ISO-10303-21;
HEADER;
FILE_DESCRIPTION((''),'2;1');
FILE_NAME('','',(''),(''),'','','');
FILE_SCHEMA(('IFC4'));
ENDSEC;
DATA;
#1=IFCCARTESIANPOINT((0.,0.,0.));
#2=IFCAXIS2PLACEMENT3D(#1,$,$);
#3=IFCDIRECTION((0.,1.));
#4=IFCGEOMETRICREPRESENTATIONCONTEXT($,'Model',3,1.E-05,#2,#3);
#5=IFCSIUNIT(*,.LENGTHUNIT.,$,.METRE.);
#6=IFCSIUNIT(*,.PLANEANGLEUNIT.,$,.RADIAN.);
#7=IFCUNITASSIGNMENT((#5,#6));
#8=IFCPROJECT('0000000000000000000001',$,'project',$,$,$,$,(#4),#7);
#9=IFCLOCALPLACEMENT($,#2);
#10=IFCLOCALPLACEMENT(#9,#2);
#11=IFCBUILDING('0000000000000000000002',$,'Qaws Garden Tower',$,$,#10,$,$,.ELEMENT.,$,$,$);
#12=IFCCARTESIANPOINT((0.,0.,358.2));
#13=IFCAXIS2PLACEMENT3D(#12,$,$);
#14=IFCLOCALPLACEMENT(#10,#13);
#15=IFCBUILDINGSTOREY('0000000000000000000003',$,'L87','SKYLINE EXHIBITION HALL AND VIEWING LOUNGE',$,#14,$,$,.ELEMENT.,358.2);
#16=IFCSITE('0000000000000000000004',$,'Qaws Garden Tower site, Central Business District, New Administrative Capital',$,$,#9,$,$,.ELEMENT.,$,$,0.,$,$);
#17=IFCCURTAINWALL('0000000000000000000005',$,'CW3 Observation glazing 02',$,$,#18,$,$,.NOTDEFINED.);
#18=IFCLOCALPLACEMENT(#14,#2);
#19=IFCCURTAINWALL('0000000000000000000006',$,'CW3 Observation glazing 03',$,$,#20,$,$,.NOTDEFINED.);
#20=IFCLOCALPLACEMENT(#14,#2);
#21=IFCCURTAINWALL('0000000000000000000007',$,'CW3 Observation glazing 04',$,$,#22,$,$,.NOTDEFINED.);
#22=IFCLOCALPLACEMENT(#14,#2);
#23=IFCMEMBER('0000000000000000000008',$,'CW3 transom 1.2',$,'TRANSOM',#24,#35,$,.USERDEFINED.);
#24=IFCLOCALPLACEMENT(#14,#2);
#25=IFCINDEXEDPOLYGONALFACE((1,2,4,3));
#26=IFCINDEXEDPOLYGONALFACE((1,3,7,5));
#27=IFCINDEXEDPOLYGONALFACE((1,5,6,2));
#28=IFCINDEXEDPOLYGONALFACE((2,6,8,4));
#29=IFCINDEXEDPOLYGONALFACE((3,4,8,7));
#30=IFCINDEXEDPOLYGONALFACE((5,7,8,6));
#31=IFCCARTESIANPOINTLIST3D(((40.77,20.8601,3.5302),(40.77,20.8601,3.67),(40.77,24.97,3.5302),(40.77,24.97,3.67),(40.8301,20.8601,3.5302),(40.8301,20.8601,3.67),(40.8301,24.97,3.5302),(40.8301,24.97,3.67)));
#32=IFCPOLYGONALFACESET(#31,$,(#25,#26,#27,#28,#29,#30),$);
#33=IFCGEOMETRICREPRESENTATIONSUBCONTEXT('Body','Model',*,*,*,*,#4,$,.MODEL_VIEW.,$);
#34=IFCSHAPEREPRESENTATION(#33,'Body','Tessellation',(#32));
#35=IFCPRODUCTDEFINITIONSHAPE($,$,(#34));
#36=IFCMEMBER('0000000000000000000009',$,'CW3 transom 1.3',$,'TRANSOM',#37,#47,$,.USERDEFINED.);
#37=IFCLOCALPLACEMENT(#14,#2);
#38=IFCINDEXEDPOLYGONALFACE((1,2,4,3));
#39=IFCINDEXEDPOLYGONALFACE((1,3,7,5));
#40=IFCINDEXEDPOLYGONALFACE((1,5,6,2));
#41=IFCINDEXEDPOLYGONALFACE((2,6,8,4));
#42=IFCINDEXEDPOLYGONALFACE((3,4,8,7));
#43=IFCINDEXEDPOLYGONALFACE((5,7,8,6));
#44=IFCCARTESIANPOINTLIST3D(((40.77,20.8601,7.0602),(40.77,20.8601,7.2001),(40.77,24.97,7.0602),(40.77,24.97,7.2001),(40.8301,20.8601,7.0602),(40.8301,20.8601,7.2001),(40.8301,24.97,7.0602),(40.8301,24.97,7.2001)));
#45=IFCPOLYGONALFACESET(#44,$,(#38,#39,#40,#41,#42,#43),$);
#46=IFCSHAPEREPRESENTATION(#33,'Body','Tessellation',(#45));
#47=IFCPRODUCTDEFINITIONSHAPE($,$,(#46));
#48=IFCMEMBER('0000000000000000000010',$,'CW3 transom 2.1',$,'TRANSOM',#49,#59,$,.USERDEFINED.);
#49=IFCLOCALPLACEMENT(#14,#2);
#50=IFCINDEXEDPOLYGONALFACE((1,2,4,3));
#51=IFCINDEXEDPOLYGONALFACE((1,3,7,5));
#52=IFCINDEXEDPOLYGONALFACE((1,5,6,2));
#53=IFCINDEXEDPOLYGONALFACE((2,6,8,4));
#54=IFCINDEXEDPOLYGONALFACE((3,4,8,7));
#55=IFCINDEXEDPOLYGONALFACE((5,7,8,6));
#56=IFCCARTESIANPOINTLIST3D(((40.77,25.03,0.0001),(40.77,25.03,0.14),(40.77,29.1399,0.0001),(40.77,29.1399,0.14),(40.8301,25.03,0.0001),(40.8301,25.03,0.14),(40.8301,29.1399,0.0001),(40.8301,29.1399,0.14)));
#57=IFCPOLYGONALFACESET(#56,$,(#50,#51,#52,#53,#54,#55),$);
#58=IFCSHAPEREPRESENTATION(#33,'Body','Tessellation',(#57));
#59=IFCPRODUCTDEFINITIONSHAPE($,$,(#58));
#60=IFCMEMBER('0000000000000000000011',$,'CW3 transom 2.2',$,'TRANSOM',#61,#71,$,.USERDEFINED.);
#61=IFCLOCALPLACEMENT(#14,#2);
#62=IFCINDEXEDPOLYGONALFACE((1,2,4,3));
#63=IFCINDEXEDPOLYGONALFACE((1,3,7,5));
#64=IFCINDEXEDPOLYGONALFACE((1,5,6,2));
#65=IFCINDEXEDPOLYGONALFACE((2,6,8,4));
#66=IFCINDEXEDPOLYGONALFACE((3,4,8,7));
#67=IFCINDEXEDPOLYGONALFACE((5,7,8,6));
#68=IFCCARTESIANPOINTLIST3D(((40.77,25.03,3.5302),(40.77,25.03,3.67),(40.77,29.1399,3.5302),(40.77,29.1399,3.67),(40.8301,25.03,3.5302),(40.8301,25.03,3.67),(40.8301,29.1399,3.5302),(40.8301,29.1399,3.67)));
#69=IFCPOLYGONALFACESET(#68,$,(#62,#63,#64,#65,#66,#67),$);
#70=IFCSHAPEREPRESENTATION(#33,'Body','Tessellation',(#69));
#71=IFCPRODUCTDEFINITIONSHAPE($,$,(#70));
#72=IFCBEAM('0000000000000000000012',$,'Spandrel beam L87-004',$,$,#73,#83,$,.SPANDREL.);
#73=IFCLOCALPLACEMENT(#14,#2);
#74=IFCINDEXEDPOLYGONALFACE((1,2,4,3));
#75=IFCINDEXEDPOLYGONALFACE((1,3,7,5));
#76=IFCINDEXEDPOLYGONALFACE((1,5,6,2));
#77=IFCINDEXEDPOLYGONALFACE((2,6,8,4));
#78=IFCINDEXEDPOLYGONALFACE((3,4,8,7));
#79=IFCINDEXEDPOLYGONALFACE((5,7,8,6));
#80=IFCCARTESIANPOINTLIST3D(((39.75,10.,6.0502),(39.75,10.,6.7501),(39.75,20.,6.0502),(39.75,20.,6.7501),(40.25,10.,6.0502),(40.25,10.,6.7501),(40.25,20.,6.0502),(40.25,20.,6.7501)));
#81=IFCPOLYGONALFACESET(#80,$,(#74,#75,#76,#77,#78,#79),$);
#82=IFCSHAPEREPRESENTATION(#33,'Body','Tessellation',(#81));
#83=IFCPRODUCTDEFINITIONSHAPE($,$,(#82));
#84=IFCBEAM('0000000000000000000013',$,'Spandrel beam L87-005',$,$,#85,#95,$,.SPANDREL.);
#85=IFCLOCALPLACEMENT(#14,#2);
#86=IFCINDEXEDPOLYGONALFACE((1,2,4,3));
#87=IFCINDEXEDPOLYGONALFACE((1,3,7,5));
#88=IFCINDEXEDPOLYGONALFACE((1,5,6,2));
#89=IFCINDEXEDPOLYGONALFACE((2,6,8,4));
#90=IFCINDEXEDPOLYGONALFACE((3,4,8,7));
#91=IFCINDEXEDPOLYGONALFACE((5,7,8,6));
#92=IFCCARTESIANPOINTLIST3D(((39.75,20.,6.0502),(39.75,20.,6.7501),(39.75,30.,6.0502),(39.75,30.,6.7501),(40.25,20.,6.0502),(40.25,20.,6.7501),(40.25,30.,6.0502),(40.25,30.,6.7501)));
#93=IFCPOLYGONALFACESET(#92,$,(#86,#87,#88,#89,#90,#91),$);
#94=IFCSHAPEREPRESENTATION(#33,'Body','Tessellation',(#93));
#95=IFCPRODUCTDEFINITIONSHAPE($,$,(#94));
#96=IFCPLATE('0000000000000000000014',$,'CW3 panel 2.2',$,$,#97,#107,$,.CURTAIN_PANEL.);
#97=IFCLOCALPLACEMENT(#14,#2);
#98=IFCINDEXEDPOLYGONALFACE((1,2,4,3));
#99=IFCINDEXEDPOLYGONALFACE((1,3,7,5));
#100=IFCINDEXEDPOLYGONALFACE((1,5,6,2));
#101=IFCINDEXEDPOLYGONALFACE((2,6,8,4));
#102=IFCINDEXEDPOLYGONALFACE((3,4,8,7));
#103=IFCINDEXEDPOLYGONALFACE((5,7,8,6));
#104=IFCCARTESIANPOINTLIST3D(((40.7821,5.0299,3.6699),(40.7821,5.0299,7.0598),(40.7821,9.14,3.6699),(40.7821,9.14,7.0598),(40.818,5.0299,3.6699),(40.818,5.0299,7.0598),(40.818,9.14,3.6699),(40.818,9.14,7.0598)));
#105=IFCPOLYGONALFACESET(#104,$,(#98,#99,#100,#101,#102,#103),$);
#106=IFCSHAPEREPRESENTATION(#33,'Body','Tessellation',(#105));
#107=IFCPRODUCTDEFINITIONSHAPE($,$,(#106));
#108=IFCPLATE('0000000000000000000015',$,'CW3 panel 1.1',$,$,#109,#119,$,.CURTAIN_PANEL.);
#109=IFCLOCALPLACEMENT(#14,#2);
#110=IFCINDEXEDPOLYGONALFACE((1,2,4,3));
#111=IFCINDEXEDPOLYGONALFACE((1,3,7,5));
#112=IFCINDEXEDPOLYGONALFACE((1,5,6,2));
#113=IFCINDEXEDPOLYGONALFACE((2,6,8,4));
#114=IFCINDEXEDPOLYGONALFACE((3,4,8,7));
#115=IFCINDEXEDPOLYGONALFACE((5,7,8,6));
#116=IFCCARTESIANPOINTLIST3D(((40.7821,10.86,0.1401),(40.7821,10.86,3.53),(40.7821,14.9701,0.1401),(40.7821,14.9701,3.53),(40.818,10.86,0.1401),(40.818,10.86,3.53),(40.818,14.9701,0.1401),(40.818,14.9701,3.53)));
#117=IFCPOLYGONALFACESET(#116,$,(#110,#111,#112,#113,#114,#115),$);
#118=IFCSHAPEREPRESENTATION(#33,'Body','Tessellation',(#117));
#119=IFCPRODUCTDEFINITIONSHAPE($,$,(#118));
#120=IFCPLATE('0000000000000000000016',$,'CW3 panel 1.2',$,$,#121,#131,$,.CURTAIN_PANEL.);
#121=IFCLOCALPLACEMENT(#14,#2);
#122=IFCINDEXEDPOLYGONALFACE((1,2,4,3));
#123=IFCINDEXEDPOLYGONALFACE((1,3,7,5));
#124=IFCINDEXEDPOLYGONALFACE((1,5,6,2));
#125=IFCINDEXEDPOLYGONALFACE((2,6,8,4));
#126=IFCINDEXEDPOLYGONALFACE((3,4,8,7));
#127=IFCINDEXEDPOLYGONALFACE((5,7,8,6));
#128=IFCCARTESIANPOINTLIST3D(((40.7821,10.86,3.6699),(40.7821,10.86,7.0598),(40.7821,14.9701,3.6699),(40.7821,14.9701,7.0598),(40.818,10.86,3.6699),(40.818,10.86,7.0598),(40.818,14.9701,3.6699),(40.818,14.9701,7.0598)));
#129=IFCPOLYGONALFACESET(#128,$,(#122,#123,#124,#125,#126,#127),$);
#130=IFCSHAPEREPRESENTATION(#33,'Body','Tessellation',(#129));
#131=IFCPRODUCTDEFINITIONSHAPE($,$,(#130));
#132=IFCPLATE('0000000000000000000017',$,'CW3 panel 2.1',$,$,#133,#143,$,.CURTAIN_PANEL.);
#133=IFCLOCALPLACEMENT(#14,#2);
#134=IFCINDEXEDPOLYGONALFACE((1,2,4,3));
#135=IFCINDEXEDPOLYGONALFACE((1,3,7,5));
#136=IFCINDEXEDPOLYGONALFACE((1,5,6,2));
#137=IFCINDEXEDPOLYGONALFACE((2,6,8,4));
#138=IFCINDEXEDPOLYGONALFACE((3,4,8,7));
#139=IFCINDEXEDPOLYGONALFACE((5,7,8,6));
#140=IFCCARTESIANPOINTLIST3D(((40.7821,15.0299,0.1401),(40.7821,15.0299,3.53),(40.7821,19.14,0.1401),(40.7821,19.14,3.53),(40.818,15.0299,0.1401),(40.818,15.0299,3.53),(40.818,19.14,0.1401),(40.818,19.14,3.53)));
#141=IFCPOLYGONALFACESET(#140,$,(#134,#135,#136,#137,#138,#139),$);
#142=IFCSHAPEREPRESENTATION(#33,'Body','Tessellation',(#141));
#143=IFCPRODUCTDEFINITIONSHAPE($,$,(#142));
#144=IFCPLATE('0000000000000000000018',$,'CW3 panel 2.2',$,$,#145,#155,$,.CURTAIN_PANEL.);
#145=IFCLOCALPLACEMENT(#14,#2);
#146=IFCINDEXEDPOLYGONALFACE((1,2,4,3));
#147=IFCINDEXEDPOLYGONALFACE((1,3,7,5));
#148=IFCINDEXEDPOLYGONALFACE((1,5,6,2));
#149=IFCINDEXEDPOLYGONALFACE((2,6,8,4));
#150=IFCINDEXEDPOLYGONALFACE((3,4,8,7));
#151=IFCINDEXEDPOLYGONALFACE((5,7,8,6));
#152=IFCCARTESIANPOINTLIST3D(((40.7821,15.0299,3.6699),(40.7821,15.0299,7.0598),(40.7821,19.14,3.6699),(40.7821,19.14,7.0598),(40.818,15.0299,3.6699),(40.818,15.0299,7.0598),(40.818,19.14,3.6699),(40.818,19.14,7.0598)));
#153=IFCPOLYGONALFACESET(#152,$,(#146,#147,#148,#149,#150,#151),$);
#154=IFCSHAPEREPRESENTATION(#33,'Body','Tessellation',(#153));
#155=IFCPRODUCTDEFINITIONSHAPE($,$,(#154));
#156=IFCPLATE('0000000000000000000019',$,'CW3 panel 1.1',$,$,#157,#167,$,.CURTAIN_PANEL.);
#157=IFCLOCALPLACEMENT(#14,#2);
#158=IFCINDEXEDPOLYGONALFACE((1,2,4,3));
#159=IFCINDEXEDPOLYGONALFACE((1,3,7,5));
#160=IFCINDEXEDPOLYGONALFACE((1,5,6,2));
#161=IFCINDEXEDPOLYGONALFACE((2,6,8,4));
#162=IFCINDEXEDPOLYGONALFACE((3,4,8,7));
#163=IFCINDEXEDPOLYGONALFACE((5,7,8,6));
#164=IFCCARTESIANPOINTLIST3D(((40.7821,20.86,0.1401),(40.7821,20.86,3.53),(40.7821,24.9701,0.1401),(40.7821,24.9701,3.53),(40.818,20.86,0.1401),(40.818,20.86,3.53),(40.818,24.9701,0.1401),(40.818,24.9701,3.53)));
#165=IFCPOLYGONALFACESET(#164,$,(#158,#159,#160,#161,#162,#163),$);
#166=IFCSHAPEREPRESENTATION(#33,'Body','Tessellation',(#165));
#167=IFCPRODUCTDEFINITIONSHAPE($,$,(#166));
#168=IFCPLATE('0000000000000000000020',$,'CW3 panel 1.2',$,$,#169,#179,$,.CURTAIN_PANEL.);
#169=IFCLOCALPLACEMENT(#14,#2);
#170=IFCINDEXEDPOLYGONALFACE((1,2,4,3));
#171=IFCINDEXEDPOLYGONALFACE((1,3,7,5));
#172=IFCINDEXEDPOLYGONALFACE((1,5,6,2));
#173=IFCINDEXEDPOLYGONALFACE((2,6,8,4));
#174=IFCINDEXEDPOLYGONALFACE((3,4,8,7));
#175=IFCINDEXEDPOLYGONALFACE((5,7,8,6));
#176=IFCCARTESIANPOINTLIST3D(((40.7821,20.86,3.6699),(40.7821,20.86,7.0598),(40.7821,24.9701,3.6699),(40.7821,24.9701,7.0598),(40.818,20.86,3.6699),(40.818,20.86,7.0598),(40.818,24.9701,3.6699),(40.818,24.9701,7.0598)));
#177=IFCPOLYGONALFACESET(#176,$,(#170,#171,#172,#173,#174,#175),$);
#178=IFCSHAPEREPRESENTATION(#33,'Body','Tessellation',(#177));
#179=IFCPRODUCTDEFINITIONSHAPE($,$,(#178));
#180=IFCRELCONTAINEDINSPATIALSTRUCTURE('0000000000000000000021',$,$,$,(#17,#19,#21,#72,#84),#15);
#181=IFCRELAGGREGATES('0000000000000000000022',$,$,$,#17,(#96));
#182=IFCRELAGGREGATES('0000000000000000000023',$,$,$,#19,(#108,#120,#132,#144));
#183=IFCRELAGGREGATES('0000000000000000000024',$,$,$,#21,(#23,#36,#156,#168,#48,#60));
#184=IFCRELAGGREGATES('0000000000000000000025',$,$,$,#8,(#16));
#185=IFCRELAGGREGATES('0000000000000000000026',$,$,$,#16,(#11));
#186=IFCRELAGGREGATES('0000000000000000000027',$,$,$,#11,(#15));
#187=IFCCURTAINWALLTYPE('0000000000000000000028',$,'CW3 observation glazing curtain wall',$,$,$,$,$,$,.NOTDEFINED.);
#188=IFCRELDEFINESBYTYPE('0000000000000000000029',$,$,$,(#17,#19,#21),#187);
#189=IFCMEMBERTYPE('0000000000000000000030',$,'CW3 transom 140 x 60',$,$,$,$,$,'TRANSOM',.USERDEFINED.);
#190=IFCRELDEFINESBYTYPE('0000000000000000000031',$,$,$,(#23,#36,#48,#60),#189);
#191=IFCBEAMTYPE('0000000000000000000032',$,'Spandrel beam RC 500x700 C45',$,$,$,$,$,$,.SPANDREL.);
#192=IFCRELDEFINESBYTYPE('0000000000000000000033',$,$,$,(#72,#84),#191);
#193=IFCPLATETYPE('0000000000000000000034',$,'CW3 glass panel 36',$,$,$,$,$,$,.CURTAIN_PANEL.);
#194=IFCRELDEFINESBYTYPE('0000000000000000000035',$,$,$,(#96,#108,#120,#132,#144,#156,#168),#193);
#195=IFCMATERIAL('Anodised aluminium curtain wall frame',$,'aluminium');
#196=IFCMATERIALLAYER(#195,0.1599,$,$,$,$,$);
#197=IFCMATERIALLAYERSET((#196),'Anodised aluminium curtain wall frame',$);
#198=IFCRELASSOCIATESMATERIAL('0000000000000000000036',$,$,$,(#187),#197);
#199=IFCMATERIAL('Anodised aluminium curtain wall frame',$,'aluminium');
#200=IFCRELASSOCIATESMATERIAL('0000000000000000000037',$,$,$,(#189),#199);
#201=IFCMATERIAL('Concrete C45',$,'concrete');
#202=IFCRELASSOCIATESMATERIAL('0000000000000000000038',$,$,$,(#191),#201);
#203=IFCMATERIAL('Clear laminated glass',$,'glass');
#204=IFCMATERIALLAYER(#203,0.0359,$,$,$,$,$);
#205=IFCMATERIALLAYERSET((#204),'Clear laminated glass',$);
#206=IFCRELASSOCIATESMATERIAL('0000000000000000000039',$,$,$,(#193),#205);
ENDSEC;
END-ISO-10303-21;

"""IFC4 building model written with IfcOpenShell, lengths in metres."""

from ifc_helpers import new_model, si_unit, direction, frame, origin, origin_2d, place, context, subcontext, project, spatial, rectangle, extrude, material, layer, layer_set, material_profile, profile_set, type_object, element, aggregate, save


model = new_model("IFC4")

# Units and contexts
model_context = context("Model", 3, precision=1e-05, world=origin(), true_north=direction((0.0, 1.0)))
body_context = subcontext(model_context, "Body", "Model", "MODEL_VIEW")
ifc_project = project(units=[si_unit("LENGTHUNIT", "METRE"), si_unit("PLANEANGLEUNIT", "RADIAN")], contexts=[model_context])

# Site, building, storey
site_placement = place(None, origin())
site = spatial("IfcSite", under=ifc_project, at=site_placement, Name="Qaws Garden Tower site, Central Business District, New Administrative Capital", CompositionType="ELEMENT", RefElevation=0.0)
building_placement = place(site_placement, origin())
building = spatial("IfcBuilding", under=site, at=building_placement, Name="Qaws Garden Tower", CompositionType="ELEMENT")
storey_placement = place(building_placement, frame((0.0, 0.0, 358.2)))
storey = spatial("IfcBuildingStorey", under=building, at=storey_placement, Name="L87", Description="SKYLINE EXHIBITION HALL AND VIEWING LOUNGE", CompositionType="ELEMENT", Elevation=358.2)

# Curtain wall
ifc_material_1 = material(Name="Anodised aluminium curtain wall frame", Category="aluminium")
ifc_layer_1 = layer(ifc_material_1, 0.1599)
ifc_layer_set_1 = layer_set([ifc_layer_1], Name="Anodised aluminium curtain wall frame")
curtain_wall_type = type_object("IfcCurtainWallType", Name="CW3 observation glazing curtain wall", PredefinedType="NOTDEFINED", material=ifc_layer_set_1)
placement = place(storey_placement, origin())
curtain_wall_1 = element("IfcCurtainWall", 1, at=placement, inside=storey, type_object=curtain_wall_type, Name="CW3 Observation glazing 02", PredefinedType="NOTDEFINED")

# Curtain walls
curtain_wall_2 = element("IfcCurtainWall", 2, at=placement, inside=storey, type_object=curtain_wall_type, Name="CW3 Observation glazing 03", PredefinedType="NOTDEFINED")
curtain_wall_3 = element("IfcCurtainWall", 3, at=placement, inside=storey, type_object=curtain_wall_type, Name="CW3 Observation glazing 04", PredefinedType="NOTDEFINED")

# Members
ifc_material_2 = material(Name="Anodised aluminium curtain wall frame", Category="aluminium")
ifc_material_profile_1 = material_profile(ifc_material_2, rectangle(XDim=0.0601, YDim=0.1399, at=origin_2d()), Name="AL 60x140")
ifc_profile_set_1 = profile_set([ifc_material_profile_1], Name="Anodised aluminium curtain wall frame")
member_type_1 = type_object("IfcMemberType", Name="CW3 transom 140 x 60", ElementType="TRANSOM", PredefinedType="USERDEFINED", material=ifc_profile_set_1)
member_1_placement = place(storey_placement, frame((40.8, 20.8601, 3.6001), z_axis=(0.0, 1.0, 0.0), x_axis=(-1.0, 0.0, 0.0)))
member_1 = element("IfcMember", 4, at=member_1_placement, type_object=member_type_1, Name="CW3 transom 1.2", ObjectType="TRANSOM", PredefinedType="USERDEFINED", context=body_context, shape_type="SweptSolid", body=[
    extrude(rectangle(XDim=0.0601, YDim=0.1399, at=origin_2d()), origin(), (0.0, 0.0, 1.0), 4.1099),
])
member_2_placement = place(storey_placement, frame((40.8, 20.8601, 7.1301), z_axis=(0.0, 1.0, 0.0), x_axis=(-1.0, 0.0, 0.0)))
member_2 = element("IfcMember", 5, at=member_2_placement, type_object=member_type_1, Name="CW3 transom 1.3", ObjectType="TRANSOM", PredefinedType="USERDEFINED", context=body_context, shape_type="SweptSolid", body=[
    extrude(rectangle(XDim=0.0601, YDim=0.1399, at=origin_2d()), origin(), (0.0, 0.0, 1.0), 4.1099),
])
member_3_placement = place(storey_placement, frame((40.8, 25.03, 0.0701), z_axis=(0.0, 1.0, 0.0), x_axis=(-1.0, 0.0, 0.0)))
member_3 = element("IfcMember", 6, at=member_3_placement, type_object=member_type_1, Name="CW3 transom 2.1", ObjectType="TRANSOM", PredefinedType="USERDEFINED", context=body_context, shape_type="SweptSolid", body=[
    extrude(rectangle(XDim=0.0601, YDim=0.1399, at=origin_2d()), origin(), (0.0, 0.0, 1.0), 4.1099),
])
member_4_placement = place(storey_placement, frame((40.8, 25.03, 3.6001), z_axis=(0.0, 1.0, 0.0), x_axis=(-1.0, 0.0, 0.0)))
member_4 = element("IfcMember", 7, at=member_4_placement, type_object=member_type_1, Name="CW3 transom 2.2", ObjectType="TRANSOM", PredefinedType="USERDEFINED", context=body_context, shape_type="SweptSolid", body=[
    extrude(rectangle(XDim=0.0601, YDim=0.1399, at=origin_2d()), origin(), (0.0, 0.0, 1.0), 4.1099),
])

# Beams
ifc_material_3 = material(Name="Concrete C45", Category="concrete")
ifc_material_profile_2 = material_profile(ifc_material_3, rectangle(XDim=0.5, YDim=0.7, at=origin_2d()), Name="RC 500x700")
ifc_profile_set_2 = profile_set([ifc_material_profile_2], Name="Concrete C45")
beam_type = type_object("IfcBeamType", Name="Spandrel beam RC 500x700 C45", PredefinedType="SPANDREL", material=ifc_profile_set_2)
for number, where, z_axis, x_axis, name in (
    (8, (40.0, 10.0, 6.4001), (0.0, 1.0, 0.0), (-1.0, 0.0, 0.0), "Spandrel beam L87-004"),
    (9, (40.0, 20.0, 6.4001), (0.0, 1.0, 0.0), (-1.0, 0.0, 0.0), "Spandrel beam L87-005"),
):
    element("IfcBeam", number, at=place(storey_placement, frame(where, z_axis=z_axis, x_axis=x_axis)), inside=storey, type_object=beam_type, Name=name, PredefinedType="SPANDREL", context=body_context, shape_type="SweptSolid", body=[
        extrude(rectangle(XDim=0.5, YDim=0.7, at=origin_2d()), origin(), (0.0, 0.0, 1.0), 10.0),
    ])

# Plates
ifc_material_4 = material(Name="Clear laminated glass", Category="glass")
ifc_layer_2 = layer(ifc_material_4, 0.0359)
ifc_layer_set_2 = layer_set([ifc_layer_2], Name="Clear laminated glass")
plate_type = type_object("IfcPlateType", Name="CW3 glass panel 36", PredefinedType="CURTAIN_PANEL", material=ifc_layer_set_2)
plate_1_placement = place(storey_placement, frame((40.8, 7.085, 3.6699), z_axis=(0.0, 0.0, 1.0), x_axis=(0.0, 1.0, 0.0)))
plate_1 = element("IfcPlate", 10, at=plate_1_placement, type_object=plate_type, Name="CW3 panel 2.2", PredefinedType="CURTAIN_PANEL", context=body_context, shape_type="SweptSolid", body=[
    extrude(rectangle(XDim=4.1101, YDim=0.0359, at=origin_2d()), origin(), (0.0, 0.0, 1.0), 3.3899),
])
aggregate(curtain_wall_1, [plate_1])
plate_2_placement = place(storey_placement, frame((40.8, 12.915, 0.1401), z_axis=(0.0, 0.0, 1.0), x_axis=(0.0, 1.0, 0.0)))
plate_2 = element("IfcPlate", 11, at=plate_2_placement, type_object=plate_type, Name="CW3 panel 1.1", PredefinedType="CURTAIN_PANEL", context=body_context, shape_type="SweptSolid", body=[
    extrude(rectangle(XDim=4.1101, YDim=0.0359, at=origin_2d()), origin(), (0.0, 0.0, 1.0), 3.3899),
])
plate_3_placement = place(storey_placement, frame((40.8, 12.915, 3.6699), z_axis=(0.0, 0.0, 1.0), x_axis=(0.0, 1.0, 0.0)))
plate_3 = element("IfcPlate", 12, at=plate_3_placement, type_object=plate_type, Name="CW3 panel 1.2", PredefinedType="CURTAIN_PANEL", context=body_context, shape_type="SweptSolid", body=[
    extrude(rectangle(XDim=4.1101, YDim=0.0359, at=origin_2d()), origin(), (0.0, 0.0, 1.0), 3.3899),
])
plate_4_placement = place(storey_placement, frame((40.8, 17.085, 0.1401), z_axis=(0.0, 0.0, 1.0), x_axis=(0.0, 1.0, 0.0)))
plate_4 = element("IfcPlate", 13, at=plate_4_placement, type_object=plate_type, Name="CW3 panel 2.1", PredefinedType="CURTAIN_PANEL", context=body_context, shape_type="SweptSolid", body=[
    extrude(rectangle(XDim=4.1101, YDim=0.0359, at=origin_2d()), origin(), (0.0, 0.0, 1.0), 3.3899),
])
plate_5_placement = place(storey_placement, frame((40.8, 17.085, 3.6699), z_axis=(0.0, 0.0, 1.0), x_axis=(0.0, 1.0, 0.0)))
plate_5 = element("IfcPlate", 14, at=plate_5_placement, type_object=plate_type, Name="CW3 panel 2.2", PredefinedType="CURTAIN_PANEL", context=body_context, shape_type="SweptSolid", body=[
    extrude(rectangle(XDim=4.1101, YDim=0.0359, at=origin_2d()), origin(), (0.0, 0.0, 1.0), 3.3899),
])
aggregate(curtain_wall_2, [plate_2, plate_3, plate_4, plate_5])
plate_6_placement = place(storey_placement, frame((40.8, 22.915, 0.1401), z_axis=(0.0, 0.0, 1.0), x_axis=(0.0, 1.0, 0.0)))
plate_6 = element("IfcPlate", 15, at=plate_6_placement, type_object=plate_type, Name="CW3 panel 1.1", PredefinedType="CURTAIN_PANEL", context=body_context, shape_type="SweptSolid", body=[
    extrude(rectangle(XDim=4.1101, YDim=0.0359, at=origin_2d()), origin(), (0.0, 0.0, 1.0), 3.3899),
])
plate_7_placement = place(storey_placement, frame((40.8, 22.915, 3.6699), z_axis=(0.0, 0.0, 1.0), x_axis=(0.0, 1.0, 0.0)))
plate_7 = element("IfcPlate", 16, at=plate_7_placement, type_object=plate_type, Name="CW3 panel 1.2", PredefinedType="CURTAIN_PANEL", context=body_context, shape_type="SweptSolid", body=[
    extrude(rectangle(XDim=4.1101, YDim=0.0359, at=origin_2d()), origin(), (0.0, 0.0, 1.0), 3.3899),
])
aggregate(curtain_wall_3, [member_1, member_2, plate_6, plate_7, member_3, member_4])

save(model, "model.ifc")
